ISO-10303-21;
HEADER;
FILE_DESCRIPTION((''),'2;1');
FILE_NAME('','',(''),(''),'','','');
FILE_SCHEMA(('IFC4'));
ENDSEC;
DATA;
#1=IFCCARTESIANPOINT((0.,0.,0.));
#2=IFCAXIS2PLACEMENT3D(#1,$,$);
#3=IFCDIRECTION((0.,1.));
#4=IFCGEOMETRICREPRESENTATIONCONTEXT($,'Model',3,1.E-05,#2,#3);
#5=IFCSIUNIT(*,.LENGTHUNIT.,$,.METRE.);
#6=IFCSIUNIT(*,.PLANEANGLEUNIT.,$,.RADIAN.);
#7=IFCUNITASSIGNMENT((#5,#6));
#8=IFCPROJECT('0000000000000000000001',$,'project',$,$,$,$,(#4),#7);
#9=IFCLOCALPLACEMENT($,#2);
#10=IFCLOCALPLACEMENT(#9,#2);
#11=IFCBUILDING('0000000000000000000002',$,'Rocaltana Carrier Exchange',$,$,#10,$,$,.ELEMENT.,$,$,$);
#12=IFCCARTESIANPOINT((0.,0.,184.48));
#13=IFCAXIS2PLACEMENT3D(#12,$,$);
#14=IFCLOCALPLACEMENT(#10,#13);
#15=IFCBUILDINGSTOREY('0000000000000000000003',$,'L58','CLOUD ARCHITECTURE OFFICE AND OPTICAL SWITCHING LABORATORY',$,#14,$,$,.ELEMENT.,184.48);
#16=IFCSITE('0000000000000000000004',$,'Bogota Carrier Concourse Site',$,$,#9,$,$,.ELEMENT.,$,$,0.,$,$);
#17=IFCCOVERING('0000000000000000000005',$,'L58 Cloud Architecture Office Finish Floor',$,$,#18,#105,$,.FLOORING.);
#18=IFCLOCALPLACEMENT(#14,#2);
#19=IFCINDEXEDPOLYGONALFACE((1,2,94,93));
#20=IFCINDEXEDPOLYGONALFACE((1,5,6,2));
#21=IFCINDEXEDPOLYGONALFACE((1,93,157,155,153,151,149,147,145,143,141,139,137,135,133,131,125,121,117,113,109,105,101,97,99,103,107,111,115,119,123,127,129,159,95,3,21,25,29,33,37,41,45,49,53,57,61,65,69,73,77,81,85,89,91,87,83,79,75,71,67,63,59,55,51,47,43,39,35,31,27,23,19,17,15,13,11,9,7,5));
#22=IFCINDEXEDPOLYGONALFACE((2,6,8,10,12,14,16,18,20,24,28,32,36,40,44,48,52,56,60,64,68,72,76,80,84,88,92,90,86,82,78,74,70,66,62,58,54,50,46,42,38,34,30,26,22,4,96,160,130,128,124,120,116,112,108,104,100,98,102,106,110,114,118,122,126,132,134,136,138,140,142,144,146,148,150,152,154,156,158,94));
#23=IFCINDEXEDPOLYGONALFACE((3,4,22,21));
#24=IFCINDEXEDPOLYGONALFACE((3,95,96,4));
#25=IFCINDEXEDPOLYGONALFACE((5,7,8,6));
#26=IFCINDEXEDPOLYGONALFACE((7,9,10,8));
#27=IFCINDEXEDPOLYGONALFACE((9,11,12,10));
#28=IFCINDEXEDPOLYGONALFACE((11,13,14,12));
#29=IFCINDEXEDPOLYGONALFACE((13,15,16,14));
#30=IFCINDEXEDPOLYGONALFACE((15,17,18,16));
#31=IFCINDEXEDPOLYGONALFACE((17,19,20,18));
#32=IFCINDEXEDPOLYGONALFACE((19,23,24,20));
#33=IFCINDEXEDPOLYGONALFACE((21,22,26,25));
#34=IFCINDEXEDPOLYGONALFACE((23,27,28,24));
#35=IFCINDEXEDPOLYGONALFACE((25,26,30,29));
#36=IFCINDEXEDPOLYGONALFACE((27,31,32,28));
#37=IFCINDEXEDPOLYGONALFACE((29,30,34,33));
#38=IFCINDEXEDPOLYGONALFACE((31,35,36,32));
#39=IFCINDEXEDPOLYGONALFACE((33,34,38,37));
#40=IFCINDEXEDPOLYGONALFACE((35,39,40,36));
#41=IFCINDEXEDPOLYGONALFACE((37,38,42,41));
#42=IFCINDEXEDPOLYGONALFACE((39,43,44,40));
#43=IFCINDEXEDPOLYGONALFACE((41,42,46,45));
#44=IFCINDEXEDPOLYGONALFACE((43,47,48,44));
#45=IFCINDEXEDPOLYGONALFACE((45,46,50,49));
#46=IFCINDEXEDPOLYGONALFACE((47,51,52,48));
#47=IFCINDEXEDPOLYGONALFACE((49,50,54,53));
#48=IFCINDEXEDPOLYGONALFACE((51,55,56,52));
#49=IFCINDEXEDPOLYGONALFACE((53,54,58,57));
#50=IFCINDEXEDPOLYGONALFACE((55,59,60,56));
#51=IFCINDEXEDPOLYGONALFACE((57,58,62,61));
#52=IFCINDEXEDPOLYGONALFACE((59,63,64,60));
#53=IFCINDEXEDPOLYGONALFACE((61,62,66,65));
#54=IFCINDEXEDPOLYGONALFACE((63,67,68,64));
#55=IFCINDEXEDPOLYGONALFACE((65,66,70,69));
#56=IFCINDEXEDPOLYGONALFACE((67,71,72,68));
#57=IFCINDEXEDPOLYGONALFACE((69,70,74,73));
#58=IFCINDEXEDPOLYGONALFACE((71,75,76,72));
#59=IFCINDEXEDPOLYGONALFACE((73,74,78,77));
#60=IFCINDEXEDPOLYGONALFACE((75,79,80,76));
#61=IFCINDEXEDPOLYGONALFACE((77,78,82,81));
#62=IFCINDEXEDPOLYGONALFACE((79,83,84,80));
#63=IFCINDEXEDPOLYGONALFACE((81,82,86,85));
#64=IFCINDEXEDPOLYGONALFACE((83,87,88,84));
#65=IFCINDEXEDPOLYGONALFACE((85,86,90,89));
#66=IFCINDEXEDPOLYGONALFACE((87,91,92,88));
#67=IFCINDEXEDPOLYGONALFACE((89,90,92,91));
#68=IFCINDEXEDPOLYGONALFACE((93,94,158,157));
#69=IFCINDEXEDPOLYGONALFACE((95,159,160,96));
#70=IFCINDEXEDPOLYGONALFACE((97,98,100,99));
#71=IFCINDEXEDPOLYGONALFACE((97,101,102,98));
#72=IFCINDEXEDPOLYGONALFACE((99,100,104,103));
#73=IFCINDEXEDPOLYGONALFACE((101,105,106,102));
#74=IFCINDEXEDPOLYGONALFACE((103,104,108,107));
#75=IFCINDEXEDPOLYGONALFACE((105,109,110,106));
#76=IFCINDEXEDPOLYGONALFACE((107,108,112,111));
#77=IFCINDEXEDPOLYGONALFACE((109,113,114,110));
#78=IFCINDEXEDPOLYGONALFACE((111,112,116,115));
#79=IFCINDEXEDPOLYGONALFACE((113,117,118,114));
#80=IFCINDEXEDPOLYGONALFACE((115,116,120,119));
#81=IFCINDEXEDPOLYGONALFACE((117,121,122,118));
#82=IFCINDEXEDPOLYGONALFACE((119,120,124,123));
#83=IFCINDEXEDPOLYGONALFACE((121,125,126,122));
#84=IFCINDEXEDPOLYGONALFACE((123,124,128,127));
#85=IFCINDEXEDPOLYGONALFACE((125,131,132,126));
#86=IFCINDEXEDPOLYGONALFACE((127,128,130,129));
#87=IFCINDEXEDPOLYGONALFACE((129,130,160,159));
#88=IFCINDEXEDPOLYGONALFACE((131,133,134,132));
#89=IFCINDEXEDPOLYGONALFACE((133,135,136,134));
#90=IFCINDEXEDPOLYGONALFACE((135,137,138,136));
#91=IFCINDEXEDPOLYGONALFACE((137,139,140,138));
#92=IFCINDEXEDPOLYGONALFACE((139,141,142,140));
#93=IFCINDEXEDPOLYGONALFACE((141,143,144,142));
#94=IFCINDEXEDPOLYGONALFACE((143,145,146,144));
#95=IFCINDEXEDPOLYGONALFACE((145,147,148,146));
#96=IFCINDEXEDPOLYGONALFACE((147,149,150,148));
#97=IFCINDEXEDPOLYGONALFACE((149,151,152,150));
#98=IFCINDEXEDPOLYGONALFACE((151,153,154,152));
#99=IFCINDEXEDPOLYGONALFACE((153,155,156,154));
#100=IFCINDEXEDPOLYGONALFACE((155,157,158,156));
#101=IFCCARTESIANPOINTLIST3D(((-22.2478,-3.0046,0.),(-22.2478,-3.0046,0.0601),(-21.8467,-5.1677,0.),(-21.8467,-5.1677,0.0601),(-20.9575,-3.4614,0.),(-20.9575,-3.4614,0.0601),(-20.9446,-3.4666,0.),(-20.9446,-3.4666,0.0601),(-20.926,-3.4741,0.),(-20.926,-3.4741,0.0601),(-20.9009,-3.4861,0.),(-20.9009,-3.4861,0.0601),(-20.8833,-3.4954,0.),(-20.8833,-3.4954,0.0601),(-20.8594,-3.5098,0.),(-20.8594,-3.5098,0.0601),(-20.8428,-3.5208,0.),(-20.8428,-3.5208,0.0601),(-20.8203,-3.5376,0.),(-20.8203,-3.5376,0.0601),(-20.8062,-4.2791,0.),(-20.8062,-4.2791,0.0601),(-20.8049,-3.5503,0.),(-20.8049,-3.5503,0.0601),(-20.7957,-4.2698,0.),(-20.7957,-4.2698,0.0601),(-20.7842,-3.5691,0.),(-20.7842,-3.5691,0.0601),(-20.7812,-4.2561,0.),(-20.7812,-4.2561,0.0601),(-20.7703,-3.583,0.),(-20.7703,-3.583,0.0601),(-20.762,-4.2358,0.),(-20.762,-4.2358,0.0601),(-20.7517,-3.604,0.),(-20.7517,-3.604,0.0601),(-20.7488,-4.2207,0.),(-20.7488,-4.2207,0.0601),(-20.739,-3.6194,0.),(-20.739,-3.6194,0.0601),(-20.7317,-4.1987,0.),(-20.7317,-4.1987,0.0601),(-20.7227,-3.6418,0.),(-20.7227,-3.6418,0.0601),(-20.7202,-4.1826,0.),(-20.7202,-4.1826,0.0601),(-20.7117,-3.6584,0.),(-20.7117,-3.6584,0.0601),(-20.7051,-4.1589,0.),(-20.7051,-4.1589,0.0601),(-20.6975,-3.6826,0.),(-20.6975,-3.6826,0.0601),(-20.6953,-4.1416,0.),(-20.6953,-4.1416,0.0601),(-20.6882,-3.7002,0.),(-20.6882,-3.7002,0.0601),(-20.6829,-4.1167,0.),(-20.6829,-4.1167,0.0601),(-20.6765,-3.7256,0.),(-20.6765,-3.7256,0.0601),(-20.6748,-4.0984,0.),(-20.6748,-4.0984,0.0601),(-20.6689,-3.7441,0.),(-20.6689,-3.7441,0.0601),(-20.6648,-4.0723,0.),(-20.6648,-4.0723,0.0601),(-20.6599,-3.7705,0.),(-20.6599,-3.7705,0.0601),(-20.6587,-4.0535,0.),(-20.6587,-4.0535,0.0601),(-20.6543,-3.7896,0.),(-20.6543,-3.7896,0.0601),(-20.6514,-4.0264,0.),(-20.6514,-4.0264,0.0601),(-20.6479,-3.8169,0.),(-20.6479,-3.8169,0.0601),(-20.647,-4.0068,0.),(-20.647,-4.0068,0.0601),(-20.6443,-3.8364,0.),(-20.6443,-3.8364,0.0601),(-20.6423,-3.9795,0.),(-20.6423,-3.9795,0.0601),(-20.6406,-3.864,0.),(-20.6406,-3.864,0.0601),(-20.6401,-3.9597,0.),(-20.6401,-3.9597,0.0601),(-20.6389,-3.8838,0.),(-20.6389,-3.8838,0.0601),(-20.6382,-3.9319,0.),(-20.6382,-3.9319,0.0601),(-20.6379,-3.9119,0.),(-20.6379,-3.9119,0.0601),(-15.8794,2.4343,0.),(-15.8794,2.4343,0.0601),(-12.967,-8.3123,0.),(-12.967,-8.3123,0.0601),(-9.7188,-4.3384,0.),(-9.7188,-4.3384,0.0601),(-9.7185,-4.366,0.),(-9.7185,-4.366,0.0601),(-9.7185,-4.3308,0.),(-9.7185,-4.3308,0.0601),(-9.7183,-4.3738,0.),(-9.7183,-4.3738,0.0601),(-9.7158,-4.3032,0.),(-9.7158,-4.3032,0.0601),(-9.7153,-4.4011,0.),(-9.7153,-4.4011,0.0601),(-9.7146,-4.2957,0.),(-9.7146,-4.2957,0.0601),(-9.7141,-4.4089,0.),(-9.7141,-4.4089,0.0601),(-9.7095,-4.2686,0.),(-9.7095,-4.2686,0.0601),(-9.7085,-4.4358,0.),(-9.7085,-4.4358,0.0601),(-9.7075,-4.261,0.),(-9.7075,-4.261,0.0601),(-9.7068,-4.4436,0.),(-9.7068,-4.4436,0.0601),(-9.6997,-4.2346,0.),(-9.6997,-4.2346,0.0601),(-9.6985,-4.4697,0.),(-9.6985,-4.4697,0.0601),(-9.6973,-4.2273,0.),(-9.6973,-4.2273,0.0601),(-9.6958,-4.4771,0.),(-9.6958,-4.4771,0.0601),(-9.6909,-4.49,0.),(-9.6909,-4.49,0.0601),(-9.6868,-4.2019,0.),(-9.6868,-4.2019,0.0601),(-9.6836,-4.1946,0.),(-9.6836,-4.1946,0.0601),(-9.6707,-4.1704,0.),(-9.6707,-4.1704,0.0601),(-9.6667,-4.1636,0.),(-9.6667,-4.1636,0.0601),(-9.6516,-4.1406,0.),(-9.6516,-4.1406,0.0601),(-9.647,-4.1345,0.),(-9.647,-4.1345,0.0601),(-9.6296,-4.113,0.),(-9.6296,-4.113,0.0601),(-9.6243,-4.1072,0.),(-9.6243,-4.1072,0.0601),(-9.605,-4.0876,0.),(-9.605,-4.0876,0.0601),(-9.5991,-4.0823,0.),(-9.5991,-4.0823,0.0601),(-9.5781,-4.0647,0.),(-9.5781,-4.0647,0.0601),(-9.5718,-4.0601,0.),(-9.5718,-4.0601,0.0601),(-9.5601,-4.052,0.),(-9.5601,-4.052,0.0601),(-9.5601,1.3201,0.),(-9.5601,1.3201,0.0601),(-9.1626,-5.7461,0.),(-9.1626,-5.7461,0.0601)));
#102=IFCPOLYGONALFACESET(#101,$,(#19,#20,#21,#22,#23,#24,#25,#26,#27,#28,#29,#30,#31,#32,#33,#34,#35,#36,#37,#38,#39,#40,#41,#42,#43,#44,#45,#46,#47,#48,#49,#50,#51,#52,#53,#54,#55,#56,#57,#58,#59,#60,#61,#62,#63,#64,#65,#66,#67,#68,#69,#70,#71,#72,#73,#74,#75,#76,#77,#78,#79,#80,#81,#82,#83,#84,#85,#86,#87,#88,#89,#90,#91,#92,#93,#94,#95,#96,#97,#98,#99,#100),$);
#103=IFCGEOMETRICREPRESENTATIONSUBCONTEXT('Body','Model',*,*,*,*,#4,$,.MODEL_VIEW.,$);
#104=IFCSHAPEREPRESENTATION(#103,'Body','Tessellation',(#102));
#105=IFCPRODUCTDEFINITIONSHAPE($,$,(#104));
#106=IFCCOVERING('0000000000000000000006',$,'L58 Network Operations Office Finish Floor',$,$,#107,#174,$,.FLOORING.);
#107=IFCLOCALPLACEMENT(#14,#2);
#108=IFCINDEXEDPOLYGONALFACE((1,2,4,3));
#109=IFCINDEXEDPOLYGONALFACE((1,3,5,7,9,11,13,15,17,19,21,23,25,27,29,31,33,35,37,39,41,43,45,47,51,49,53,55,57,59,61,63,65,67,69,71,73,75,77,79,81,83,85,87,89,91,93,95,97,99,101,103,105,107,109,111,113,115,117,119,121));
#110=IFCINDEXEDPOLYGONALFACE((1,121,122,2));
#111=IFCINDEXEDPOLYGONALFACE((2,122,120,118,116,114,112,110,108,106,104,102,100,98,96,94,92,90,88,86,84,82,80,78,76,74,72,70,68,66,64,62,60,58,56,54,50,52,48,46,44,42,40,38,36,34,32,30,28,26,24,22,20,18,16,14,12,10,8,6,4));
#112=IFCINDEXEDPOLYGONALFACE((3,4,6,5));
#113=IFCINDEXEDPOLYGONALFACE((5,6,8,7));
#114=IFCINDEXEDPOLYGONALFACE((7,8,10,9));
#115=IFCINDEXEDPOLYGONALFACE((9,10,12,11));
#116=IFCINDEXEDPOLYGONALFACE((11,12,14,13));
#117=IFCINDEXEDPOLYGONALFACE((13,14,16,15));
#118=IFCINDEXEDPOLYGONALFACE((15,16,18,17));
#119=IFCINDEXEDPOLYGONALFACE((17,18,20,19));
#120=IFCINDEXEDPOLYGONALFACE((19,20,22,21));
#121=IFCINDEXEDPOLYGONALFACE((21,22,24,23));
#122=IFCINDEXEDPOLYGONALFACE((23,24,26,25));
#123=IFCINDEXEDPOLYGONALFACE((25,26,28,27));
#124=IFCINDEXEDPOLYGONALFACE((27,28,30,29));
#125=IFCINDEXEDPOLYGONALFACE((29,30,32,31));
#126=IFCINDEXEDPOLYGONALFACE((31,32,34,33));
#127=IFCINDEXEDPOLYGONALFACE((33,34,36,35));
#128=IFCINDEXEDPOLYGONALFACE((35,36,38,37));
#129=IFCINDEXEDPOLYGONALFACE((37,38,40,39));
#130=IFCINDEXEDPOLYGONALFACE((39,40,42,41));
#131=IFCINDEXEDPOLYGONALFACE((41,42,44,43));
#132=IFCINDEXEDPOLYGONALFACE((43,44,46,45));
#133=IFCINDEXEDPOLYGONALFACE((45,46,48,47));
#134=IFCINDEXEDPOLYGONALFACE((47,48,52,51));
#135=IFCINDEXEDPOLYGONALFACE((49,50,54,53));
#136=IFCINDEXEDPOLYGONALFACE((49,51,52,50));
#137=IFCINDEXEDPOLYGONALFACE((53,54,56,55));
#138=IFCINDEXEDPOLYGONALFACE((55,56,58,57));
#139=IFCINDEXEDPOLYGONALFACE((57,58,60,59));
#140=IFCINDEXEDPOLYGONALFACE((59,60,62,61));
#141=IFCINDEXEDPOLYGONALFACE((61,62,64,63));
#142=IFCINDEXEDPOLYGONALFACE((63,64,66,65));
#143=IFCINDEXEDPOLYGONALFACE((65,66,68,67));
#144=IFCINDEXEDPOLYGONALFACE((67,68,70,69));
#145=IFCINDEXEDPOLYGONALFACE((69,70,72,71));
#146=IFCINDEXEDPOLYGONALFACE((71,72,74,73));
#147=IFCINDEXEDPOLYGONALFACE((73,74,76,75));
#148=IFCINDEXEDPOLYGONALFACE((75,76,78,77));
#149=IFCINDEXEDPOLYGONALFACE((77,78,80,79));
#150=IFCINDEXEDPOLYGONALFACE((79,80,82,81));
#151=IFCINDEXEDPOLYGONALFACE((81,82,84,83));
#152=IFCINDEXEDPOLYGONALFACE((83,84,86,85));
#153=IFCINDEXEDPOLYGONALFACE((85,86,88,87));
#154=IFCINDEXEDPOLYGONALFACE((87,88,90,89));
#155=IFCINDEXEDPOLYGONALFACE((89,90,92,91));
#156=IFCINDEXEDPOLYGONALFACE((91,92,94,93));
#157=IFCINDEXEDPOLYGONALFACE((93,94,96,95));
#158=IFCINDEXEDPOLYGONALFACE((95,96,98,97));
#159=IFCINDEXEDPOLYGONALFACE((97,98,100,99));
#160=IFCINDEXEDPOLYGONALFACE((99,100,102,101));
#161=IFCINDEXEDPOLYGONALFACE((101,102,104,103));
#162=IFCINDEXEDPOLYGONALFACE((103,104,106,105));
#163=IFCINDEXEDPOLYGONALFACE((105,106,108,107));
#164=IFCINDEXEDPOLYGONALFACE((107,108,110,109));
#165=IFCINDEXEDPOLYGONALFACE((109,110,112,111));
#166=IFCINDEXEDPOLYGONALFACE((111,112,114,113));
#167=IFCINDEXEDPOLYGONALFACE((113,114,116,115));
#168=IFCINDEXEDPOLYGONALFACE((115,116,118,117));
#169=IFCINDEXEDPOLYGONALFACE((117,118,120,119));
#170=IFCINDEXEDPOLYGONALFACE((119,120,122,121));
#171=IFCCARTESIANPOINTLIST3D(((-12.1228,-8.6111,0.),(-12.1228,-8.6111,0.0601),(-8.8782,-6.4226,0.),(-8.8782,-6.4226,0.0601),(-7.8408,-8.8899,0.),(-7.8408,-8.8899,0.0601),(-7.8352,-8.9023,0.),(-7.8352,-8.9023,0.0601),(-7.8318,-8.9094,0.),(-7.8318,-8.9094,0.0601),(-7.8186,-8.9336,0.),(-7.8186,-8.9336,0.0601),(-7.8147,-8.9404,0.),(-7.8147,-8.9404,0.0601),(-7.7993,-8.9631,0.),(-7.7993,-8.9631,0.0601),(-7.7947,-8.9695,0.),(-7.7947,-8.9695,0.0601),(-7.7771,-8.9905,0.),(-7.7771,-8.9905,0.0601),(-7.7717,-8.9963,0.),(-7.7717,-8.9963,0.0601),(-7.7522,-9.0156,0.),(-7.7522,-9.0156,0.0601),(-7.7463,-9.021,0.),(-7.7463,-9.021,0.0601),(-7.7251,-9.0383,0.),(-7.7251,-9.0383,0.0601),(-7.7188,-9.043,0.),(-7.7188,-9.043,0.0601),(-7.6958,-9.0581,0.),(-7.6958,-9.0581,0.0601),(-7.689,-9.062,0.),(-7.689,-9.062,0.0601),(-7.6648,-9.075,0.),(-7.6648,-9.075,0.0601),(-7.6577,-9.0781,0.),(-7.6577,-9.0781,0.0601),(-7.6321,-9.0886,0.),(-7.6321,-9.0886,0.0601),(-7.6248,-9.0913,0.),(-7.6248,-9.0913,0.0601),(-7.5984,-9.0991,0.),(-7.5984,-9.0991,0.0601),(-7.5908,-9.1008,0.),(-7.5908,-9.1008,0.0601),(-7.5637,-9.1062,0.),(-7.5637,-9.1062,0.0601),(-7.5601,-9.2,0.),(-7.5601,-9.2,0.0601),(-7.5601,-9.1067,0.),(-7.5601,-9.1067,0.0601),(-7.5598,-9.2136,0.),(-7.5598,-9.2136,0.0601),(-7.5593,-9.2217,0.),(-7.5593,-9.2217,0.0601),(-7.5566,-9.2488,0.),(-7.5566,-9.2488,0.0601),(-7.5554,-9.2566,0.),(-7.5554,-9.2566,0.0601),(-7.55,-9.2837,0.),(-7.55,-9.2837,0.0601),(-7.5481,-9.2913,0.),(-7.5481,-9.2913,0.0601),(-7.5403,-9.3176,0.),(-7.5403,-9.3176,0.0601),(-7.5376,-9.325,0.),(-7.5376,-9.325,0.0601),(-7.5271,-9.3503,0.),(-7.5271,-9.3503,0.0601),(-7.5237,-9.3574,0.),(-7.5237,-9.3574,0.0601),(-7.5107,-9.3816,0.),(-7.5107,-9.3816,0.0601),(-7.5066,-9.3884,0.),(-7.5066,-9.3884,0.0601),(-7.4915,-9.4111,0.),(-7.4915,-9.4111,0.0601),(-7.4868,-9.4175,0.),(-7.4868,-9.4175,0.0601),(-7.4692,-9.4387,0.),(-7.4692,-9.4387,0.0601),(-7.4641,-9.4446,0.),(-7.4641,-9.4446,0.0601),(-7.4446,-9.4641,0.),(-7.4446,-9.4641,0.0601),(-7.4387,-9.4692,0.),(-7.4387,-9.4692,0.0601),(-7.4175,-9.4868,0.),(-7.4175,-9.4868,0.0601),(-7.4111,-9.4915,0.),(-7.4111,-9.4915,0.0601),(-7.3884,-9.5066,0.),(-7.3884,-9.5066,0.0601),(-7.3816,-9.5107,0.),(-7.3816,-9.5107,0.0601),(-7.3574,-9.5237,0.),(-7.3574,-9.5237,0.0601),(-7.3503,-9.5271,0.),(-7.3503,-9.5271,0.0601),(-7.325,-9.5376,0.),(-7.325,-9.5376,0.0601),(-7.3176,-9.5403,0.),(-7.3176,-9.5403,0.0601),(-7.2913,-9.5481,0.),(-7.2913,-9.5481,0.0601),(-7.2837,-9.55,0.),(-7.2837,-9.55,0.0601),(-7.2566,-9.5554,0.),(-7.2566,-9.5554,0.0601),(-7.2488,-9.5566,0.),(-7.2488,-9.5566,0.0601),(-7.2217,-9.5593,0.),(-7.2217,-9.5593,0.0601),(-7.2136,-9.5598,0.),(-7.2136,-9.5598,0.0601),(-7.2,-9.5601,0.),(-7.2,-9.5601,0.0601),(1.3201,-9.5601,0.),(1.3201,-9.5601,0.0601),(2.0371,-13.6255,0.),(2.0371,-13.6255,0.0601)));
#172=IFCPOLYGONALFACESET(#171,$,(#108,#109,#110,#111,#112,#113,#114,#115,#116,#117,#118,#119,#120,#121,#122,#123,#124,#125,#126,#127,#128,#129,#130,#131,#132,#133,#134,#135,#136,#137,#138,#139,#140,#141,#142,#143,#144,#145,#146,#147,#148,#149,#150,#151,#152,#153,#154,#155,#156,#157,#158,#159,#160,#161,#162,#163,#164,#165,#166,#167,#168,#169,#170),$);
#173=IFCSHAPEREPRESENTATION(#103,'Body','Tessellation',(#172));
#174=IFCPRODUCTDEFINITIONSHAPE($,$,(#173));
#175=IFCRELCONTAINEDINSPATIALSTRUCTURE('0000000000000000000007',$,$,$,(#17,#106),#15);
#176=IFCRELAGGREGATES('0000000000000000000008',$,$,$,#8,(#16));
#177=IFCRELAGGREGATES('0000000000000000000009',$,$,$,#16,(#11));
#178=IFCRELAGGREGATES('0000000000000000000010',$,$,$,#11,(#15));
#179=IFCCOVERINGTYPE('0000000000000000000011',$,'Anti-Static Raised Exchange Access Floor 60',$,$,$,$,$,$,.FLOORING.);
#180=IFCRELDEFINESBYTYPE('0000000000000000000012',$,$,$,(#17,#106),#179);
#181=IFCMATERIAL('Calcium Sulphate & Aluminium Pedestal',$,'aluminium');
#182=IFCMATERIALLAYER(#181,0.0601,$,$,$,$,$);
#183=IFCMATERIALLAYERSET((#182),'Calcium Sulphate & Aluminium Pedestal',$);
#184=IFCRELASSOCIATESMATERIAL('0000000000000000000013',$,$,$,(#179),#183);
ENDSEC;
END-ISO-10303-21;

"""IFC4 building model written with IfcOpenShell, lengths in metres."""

from ifc_helpers import new_model, si_unit, direction, frame, origin, place, context, subcontext, project, spatial, polyline, outline, extrude, material, layer, layer_set, type_object, element, save


model = new_model("IFC4")

# Units and contexts
model_context = context("Model", 3, precision=1e-05, world=origin(), true_north=direction((0.0, 1.0)))
body_context = subcontext(model_context, "Body", "Model", "MODEL_VIEW")
ifc_project = project(units=[si_unit("LENGTHUNIT", "METRE"), si_unit("PLANEANGLEUNIT", "RADIAN")], contexts=[model_context])

# Site, building, storey
site_placement = place(None, origin())
site = spatial("IfcSite", under=ifc_project, at=site_placement, Name="Bogota Carrier Concourse Site", CompositionType="ELEMENT", RefElevation=0.0)
building_placement = place(site_placement, origin())
building = spatial("IfcBuilding", under=site, at=building_placement, Name="Rocaltana Carrier Exchange", CompositionType="ELEMENT")
storey_placement = place(building_placement, frame((0.0, 0.0, 184.48)))
storey = spatial("IfcBuildingStorey", under=building, at=storey_placement, Name="L58", Description="CLOUD ARCHITECTURE OFFICE AND OPTICAL SWITCHING LABORATORY", CompositionType="ELEMENT", Elevation=184.48)

# Coverings
ifc_material_1 = material(Name="Calcium Sulphate & Aluminium Pedestal", Category="aluminium")
ifc_layer_1 = layer(ifc_material_1, 0.0601)
ifc_layer_set_1 = layer_set([ifc_layer_1], Name="Calcium Sulphate & Aluminium Pedestal")
covering_type_1 = type_object("IfcCoveringType", Name="Anti-Static Raised Exchange Access Floor 60", PredefinedType="FLOORING", material=ifc_layer_set_1)
covering_1_placement = place(storey_placement, origin())
element("IfcCovering", 1, at=covering_1_placement, inside=storey, type_object=covering_type_1, Name="L58 Cloud Architecture Office Finish Floor", PredefinedType="FLOORING", context=body_context, shape_type="SweptSolid", body=[
    extrude(outline(polyline([(-20.8062, -4.2791), (-20.7957, -4.2698), (-20.7812, -4.2561), (-20.762, -4.2358), (-20.7488, -4.2207), (-20.7317, -4.1987), (-20.7202, -4.1826), (-20.7051, -4.1589), (-20.6953, -4.1416), (-20.6829, -4.1167), (-20.6748, -4.0984), (-20.6648, -4.0723), (-20.6587, -4.0535), (-20.6514, -4.0264), (-20.647, -4.0068), (-20.6423, -3.9795), (-20.6401, -3.9597), (-20.6382, -3.9319), (-20.6379, -3.9119), (-20.6389, -3.8838), (-20.6406, -3.864), (-20.6443, -3.8364), (-20.6479, -3.8169), (-20.6543, -3.7896), (-20.6599, -3.7705), (-20.6689, -3.7441), (-20.6765, -3.7256), (-20.6882, -3.7002), (-20.6975, -3.6826), (-20.7117, -3.6584), (-20.7227, -3.6418), (-20.739, -3.6194), (-20.7517, -3.604), (-20.7703, -3.583), (-20.7842, -3.5691), (-20.8049, -3.5503), (-20.8203, -3.5376), (-20.8428, -3.5208), (-20.8594, -3.5098), (-20.8833, -3.4954), (-20.9009, -3.4861), (-20.926, -3.4741), (-20.9446, -3.4666), (-20.9575, -3.4614), (-22.2478, -3.0046), (-15.8794, 2.4343), (-9.5601, 1.3201), (-9.5601, -4.052), (-9.5718, -4.0601), (-9.5781, -4.0647), (-9.5991, -4.0823), (-9.605, -4.0876), (-9.6243, -4.1072), (-9.6296, -4.113), (-9.647, -4.1345), (-9.6516, -4.1406), (-9.6667, -4.1636), (-9.6707, -4.1704), (-9.6836, -4.1946), (-9.6868, -4.2019), (-9.6973, -4.2273), (-9.6997, -4.2346), (-9.7075, -4.261), (-9.7095, -4.2686), (-9.7146, -4.2957), (-9.7158, -4.3032), (-9.7185, -4.3308), (-9.7188, -4.3384), (-9.7185, -4.366), (-9.7183, -4.3738), (-9.7153, -4.4011), (-9.7141, -4.4089), (-9.7085, -4.4358), (-9.7068, -4.4436), (-9.6985, -4.4697), (-9.6958, -4.4771), (-9.6909, -4.49), (-9.1626, -5.7461), (-12.967, -8.3123), (-21.8467, -5.1677), (-20.8062, -4.2791)])), origin(), (0.0, 0.0, 1.0), 0.0601),
])
covering_2_placement = place(storey_placement, origin())
element("IfcCovering", 2, at=covering_2_placement, inside=storey, type_object=covering_type_1, Name="L58 Network Operations Office Finish Floor", PredefinedType="FLOORING", context=body_context, shape_type="SweptSolid", body=[
    extrude(outline(polyline([(-12.1228, -8.6111), (-8.8782, -6.4226), (-7.8408, -8.8899), (-7.8352, -8.9023), (-7.8318, -8.9094), (-7.8186, -8.9336), (-7.8147, -8.9404), (-7.7993, -8.9631), (-7.7947, -8.9695), (-7.7771, -8.9905), (-7.7717, -8.9963), (-7.7522, -9.0156), (-7.7463, -9.021), (-7.7251, -9.0383), (-7.7188, -9.043), (-7.6958, -9.0581), (-7.689, -9.062), (-7.6648, -9.075), (-7.6577, -9.0781), (-7.6321, -9.0886), (-7.6248, -9.0913), (-7.5984, -9.0991), (-7.5908, -9.1008), (-7.5637, -9.1062), (-7.5601, -9.1067), (-7.5601, -9.2), (-7.5598, -9.2136), (-7.5593, -9.2217), (-7.5566, -9.2488), (-7.5554, -9.2566), (-7.55, -9.2837), (-7.5481, -9.2913), (-7.5403, -9.3176), (-7.5376, -9.325), (-7.5271, -9.3503), (-7.5237, -9.3574), (-7.5107, -9.3816), (-7.5066, -9.3884), (-7.4915, -9.4111), (-7.4868, -9.4175), (-7.4692, -9.4387), (-7.4641, -9.4446), (-7.4446, -9.4641), (-7.4387, -9.4692), (-7.4175, -9.4868), (-7.4111, -9.4915), (-7.3884, -9.5066), (-7.3816, -9.5107), (-7.3574, -9.5237), (-7.3503, -9.5271), (-7.325, -9.5376), (-7.3176, -9.5403), (-7.2913, -9.5481), (-7.2837, -9.55), (-7.2566, -9.5554), (-7.2488, -9.5566), (-7.2217, -9.5593), (-7.2136, -9.5598), (-7.2, -9.5601), (1.3201, -9.5601), (2.0371, -13.6255), (-12.1228, -8.6111)])), origin(), (0.0, 0.0, 1.0), 0.0601),
])

save(model, "model.ifc")
